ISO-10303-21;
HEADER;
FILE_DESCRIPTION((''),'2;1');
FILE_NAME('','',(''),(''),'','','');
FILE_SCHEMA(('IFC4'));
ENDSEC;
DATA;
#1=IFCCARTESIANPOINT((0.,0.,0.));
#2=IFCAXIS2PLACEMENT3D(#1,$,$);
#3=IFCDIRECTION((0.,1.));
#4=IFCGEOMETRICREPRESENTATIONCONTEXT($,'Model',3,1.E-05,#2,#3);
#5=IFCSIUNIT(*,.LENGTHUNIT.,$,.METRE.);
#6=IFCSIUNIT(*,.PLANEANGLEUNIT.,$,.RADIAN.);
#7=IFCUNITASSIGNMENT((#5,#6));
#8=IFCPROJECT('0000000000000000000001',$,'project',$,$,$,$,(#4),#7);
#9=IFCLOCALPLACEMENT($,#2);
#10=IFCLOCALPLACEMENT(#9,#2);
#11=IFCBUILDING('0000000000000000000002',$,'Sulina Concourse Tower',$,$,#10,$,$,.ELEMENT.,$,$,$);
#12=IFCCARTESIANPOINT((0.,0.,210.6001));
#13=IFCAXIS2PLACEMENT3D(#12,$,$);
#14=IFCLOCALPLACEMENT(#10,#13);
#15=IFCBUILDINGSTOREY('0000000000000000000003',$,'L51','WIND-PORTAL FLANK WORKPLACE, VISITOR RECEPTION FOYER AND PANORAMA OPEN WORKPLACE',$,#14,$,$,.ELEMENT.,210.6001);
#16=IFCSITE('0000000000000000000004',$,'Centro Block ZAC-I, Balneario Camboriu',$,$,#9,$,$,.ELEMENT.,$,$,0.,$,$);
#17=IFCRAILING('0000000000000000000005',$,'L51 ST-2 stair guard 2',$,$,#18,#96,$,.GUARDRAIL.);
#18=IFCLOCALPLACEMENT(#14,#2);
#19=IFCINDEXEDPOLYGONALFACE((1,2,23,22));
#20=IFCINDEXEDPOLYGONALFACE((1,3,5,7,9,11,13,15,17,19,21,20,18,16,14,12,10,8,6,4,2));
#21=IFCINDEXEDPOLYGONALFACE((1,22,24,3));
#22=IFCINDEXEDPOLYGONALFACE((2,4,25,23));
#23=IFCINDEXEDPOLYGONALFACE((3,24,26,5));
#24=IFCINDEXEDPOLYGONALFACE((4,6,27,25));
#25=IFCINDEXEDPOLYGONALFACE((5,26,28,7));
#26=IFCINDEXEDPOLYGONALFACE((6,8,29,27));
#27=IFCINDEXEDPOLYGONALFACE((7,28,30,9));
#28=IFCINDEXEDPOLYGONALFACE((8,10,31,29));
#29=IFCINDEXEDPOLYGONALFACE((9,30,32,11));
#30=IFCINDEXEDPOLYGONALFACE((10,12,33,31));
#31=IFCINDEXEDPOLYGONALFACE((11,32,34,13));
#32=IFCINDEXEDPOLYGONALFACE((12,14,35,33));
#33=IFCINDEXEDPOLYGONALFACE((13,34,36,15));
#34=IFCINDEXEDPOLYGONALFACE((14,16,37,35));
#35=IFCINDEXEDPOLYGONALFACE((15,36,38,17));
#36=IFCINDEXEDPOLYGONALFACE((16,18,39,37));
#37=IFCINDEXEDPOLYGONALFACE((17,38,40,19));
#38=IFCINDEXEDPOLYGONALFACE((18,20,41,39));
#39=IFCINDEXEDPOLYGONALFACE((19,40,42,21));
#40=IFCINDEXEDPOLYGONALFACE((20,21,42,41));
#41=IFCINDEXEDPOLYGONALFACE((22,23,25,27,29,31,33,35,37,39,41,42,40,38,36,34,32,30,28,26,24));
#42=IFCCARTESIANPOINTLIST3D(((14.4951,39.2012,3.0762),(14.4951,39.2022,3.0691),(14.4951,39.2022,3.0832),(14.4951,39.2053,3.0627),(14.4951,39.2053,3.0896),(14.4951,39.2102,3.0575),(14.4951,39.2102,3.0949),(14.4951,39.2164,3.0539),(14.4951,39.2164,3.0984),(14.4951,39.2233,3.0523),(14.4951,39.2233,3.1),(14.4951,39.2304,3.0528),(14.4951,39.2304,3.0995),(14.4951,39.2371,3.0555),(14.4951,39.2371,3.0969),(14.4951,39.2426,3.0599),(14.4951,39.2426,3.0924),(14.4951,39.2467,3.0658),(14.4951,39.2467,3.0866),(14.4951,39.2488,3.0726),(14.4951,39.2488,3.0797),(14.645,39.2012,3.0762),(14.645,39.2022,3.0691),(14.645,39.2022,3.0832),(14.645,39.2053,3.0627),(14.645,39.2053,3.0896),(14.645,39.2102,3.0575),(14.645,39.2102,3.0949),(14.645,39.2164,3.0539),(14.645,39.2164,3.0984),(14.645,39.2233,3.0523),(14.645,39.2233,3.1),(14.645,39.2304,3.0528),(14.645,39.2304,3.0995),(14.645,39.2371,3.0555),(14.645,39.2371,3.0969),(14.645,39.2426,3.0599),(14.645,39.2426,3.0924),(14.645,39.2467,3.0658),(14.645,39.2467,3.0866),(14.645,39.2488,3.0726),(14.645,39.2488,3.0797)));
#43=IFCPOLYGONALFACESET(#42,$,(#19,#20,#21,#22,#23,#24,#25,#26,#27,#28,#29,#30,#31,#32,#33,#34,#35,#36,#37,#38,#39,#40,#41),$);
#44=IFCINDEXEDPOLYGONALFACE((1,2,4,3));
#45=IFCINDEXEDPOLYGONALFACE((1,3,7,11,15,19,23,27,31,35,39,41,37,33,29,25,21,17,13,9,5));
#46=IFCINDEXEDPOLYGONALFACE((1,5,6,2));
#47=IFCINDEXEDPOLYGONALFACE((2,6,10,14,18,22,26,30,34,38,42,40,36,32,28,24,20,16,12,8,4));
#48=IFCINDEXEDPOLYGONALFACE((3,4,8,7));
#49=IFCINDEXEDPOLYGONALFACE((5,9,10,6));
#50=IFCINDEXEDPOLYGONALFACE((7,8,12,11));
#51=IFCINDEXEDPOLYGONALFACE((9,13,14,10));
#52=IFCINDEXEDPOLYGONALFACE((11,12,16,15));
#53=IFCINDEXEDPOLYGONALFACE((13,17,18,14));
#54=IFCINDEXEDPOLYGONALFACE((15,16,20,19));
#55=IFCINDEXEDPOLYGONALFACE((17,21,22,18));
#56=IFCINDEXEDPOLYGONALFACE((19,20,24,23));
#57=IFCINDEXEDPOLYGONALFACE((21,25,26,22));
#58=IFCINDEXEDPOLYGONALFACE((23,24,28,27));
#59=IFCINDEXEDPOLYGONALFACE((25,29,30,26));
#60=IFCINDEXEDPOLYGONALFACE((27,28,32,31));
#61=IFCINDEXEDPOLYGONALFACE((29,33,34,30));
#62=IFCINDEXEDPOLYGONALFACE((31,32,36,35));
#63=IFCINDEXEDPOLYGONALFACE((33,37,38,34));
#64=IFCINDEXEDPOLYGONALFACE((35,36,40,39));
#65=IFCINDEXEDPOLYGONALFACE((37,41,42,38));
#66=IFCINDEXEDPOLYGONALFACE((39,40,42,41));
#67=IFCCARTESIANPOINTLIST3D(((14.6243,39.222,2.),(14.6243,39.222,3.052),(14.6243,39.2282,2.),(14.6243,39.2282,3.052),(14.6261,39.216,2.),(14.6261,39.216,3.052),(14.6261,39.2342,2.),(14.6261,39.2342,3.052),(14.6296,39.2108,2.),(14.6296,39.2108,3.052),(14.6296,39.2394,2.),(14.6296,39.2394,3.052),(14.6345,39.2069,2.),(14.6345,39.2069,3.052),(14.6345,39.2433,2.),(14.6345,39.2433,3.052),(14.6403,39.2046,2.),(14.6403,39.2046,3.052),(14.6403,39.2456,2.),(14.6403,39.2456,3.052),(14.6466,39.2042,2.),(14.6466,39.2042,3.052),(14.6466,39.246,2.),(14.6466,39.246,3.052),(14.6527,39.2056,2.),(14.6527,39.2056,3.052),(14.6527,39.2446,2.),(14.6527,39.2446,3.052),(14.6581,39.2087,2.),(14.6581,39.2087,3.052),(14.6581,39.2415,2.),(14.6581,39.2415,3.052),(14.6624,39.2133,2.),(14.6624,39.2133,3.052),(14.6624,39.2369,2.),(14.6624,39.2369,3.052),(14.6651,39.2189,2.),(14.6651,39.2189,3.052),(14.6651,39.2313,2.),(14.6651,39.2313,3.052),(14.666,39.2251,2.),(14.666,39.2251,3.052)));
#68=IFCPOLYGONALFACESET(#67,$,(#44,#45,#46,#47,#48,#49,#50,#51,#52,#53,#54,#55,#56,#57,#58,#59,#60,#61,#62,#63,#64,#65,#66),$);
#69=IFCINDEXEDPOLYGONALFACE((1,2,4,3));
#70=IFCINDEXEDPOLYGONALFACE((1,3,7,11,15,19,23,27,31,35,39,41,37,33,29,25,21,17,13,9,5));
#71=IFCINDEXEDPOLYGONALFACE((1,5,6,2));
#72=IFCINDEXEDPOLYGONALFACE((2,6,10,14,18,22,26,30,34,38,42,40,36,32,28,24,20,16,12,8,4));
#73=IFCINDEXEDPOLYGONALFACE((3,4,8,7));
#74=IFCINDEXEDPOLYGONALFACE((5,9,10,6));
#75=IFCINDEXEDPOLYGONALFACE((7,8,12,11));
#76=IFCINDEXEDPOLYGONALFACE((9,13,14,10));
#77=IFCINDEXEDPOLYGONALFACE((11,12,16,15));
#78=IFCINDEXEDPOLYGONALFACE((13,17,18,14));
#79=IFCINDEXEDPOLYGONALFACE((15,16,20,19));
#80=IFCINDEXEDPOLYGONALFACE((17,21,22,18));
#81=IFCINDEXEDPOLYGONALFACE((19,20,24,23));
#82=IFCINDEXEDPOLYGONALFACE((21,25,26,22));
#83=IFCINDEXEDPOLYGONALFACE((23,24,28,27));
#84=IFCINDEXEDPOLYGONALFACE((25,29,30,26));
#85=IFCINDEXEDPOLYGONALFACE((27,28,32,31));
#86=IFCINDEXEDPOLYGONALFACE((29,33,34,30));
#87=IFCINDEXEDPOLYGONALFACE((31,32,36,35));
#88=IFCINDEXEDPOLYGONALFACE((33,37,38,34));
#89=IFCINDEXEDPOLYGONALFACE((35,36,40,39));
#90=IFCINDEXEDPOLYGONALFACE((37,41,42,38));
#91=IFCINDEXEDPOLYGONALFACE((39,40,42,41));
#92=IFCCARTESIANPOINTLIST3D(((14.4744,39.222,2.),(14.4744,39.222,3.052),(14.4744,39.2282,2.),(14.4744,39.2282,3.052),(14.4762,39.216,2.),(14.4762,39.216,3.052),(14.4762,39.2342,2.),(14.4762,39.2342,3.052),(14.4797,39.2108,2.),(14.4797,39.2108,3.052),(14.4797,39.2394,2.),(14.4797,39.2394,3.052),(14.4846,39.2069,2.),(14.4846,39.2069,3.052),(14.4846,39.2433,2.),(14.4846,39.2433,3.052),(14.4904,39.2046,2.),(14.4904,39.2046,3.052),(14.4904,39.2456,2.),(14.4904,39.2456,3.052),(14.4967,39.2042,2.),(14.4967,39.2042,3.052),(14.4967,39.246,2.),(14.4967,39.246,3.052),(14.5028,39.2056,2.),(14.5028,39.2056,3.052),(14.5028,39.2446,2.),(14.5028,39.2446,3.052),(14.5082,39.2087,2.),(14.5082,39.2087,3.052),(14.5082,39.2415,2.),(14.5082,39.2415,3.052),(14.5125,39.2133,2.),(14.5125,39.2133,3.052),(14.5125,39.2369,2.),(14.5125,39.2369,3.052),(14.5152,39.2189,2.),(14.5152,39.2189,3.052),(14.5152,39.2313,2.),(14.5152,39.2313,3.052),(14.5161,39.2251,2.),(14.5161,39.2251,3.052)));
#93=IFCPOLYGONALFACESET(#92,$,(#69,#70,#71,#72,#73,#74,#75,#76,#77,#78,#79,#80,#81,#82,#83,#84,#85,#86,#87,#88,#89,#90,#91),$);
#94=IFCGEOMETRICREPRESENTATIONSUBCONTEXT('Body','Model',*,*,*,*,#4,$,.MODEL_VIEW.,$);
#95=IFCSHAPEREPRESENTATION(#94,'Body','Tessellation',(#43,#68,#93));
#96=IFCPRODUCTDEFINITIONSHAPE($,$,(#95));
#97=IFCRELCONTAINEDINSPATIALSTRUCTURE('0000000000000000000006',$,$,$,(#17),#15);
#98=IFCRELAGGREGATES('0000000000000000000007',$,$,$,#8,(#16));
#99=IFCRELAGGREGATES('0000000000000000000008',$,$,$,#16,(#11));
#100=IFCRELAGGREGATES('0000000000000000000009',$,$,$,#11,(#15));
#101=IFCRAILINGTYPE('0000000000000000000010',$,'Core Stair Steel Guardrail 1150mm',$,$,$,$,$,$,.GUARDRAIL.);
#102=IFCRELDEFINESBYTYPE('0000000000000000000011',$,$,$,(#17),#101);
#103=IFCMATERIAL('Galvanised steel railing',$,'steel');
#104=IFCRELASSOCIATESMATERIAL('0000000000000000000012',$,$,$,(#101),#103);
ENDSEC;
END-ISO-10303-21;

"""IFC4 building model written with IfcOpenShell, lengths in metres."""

from ifc_helpers import new_model, si_unit, direction, frame, origin, origin_2d, place, context, subcontext, project, spatial, circle, extrude, material, type_object, element, save


model = new_model("IFC4")

# Units and contexts
model_context = context("Model", 3, precision=1e-05, world=origin(), true_north=direction((0.0, 1.0)))
body_context = subcontext(model_context, "Body", "Model", "MODEL_VIEW")
ifc_project = project(units=[si_unit("LENGTHUNIT", "METRE"), si_unit("PLANEANGLEUNIT", "RADIAN")], contexts=[model_context])

# Site, building, storey
site_placement = place(None, origin())
site = spatial("IfcSite", under=ifc_project, at=site_placement, Name="Centro Block ZAC-I, Balneario Camboriu", CompositionType="ELEMENT", RefElevation=0.0)
building_placement = place(site_placement, origin())
building = spatial("IfcBuilding", under=site, at=building_placement, Name="Sulina Concourse Tower", CompositionType="ELEMENT")
storey_placement = place(building_placement, frame((0.0, 0.0, 210.6001)))
storey = spatial("IfcBuildingStorey", under=building, at=storey_placement, Name="L51", Description="WIND-PORTAL FLANK WORKPLACE, VISITOR RECEPTION FOYER AND PANORAMA OPEN WORKPLACE", CompositionType="ELEMENT", Elevation=210.6001)

# Railing
ifc_material_1 = material(Name="Galvanised steel railing", Category="steel")
railing_type_1 = type_object("IfcRailingType", Name="Core Stair Steel Guardrail 1150mm", PredefinedType="GUARDRAIL", material=ifc_material_1)
railing_1_placement = place(storey_placement, frame((14.645, 39.2251, 2.0)))
element("IfcRailing", 1, at=railing_1_placement, inside=storey, type_object=railing_type_1, Name="L51 ST-2 stair guard 2", PredefinedType="GUARDRAIL", context=body_context, shape_type="SweptSolid", body=[
    extrude(circle(Radius=0.0239, at=origin_2d()), frame((0.0, 0.0, 1.0762), z_axis=(-1.0, 0.0, 0.0), x_axis=(0.0, -1.0, 0.0)), (0.0, 0.0, 1.0), 0.1499),
    extrude(circle(Radius=0.021, at=origin_2d()), origin(), (0.0, 0.0, 1.0), 1.052),
    extrude(circle(Radius=0.021, at=origin_2d()), frame((-0.1499, 0.0, 0.0)), (0.0, 0.0, 1.0), 1.052),
])

save(model, "model.ifc")
